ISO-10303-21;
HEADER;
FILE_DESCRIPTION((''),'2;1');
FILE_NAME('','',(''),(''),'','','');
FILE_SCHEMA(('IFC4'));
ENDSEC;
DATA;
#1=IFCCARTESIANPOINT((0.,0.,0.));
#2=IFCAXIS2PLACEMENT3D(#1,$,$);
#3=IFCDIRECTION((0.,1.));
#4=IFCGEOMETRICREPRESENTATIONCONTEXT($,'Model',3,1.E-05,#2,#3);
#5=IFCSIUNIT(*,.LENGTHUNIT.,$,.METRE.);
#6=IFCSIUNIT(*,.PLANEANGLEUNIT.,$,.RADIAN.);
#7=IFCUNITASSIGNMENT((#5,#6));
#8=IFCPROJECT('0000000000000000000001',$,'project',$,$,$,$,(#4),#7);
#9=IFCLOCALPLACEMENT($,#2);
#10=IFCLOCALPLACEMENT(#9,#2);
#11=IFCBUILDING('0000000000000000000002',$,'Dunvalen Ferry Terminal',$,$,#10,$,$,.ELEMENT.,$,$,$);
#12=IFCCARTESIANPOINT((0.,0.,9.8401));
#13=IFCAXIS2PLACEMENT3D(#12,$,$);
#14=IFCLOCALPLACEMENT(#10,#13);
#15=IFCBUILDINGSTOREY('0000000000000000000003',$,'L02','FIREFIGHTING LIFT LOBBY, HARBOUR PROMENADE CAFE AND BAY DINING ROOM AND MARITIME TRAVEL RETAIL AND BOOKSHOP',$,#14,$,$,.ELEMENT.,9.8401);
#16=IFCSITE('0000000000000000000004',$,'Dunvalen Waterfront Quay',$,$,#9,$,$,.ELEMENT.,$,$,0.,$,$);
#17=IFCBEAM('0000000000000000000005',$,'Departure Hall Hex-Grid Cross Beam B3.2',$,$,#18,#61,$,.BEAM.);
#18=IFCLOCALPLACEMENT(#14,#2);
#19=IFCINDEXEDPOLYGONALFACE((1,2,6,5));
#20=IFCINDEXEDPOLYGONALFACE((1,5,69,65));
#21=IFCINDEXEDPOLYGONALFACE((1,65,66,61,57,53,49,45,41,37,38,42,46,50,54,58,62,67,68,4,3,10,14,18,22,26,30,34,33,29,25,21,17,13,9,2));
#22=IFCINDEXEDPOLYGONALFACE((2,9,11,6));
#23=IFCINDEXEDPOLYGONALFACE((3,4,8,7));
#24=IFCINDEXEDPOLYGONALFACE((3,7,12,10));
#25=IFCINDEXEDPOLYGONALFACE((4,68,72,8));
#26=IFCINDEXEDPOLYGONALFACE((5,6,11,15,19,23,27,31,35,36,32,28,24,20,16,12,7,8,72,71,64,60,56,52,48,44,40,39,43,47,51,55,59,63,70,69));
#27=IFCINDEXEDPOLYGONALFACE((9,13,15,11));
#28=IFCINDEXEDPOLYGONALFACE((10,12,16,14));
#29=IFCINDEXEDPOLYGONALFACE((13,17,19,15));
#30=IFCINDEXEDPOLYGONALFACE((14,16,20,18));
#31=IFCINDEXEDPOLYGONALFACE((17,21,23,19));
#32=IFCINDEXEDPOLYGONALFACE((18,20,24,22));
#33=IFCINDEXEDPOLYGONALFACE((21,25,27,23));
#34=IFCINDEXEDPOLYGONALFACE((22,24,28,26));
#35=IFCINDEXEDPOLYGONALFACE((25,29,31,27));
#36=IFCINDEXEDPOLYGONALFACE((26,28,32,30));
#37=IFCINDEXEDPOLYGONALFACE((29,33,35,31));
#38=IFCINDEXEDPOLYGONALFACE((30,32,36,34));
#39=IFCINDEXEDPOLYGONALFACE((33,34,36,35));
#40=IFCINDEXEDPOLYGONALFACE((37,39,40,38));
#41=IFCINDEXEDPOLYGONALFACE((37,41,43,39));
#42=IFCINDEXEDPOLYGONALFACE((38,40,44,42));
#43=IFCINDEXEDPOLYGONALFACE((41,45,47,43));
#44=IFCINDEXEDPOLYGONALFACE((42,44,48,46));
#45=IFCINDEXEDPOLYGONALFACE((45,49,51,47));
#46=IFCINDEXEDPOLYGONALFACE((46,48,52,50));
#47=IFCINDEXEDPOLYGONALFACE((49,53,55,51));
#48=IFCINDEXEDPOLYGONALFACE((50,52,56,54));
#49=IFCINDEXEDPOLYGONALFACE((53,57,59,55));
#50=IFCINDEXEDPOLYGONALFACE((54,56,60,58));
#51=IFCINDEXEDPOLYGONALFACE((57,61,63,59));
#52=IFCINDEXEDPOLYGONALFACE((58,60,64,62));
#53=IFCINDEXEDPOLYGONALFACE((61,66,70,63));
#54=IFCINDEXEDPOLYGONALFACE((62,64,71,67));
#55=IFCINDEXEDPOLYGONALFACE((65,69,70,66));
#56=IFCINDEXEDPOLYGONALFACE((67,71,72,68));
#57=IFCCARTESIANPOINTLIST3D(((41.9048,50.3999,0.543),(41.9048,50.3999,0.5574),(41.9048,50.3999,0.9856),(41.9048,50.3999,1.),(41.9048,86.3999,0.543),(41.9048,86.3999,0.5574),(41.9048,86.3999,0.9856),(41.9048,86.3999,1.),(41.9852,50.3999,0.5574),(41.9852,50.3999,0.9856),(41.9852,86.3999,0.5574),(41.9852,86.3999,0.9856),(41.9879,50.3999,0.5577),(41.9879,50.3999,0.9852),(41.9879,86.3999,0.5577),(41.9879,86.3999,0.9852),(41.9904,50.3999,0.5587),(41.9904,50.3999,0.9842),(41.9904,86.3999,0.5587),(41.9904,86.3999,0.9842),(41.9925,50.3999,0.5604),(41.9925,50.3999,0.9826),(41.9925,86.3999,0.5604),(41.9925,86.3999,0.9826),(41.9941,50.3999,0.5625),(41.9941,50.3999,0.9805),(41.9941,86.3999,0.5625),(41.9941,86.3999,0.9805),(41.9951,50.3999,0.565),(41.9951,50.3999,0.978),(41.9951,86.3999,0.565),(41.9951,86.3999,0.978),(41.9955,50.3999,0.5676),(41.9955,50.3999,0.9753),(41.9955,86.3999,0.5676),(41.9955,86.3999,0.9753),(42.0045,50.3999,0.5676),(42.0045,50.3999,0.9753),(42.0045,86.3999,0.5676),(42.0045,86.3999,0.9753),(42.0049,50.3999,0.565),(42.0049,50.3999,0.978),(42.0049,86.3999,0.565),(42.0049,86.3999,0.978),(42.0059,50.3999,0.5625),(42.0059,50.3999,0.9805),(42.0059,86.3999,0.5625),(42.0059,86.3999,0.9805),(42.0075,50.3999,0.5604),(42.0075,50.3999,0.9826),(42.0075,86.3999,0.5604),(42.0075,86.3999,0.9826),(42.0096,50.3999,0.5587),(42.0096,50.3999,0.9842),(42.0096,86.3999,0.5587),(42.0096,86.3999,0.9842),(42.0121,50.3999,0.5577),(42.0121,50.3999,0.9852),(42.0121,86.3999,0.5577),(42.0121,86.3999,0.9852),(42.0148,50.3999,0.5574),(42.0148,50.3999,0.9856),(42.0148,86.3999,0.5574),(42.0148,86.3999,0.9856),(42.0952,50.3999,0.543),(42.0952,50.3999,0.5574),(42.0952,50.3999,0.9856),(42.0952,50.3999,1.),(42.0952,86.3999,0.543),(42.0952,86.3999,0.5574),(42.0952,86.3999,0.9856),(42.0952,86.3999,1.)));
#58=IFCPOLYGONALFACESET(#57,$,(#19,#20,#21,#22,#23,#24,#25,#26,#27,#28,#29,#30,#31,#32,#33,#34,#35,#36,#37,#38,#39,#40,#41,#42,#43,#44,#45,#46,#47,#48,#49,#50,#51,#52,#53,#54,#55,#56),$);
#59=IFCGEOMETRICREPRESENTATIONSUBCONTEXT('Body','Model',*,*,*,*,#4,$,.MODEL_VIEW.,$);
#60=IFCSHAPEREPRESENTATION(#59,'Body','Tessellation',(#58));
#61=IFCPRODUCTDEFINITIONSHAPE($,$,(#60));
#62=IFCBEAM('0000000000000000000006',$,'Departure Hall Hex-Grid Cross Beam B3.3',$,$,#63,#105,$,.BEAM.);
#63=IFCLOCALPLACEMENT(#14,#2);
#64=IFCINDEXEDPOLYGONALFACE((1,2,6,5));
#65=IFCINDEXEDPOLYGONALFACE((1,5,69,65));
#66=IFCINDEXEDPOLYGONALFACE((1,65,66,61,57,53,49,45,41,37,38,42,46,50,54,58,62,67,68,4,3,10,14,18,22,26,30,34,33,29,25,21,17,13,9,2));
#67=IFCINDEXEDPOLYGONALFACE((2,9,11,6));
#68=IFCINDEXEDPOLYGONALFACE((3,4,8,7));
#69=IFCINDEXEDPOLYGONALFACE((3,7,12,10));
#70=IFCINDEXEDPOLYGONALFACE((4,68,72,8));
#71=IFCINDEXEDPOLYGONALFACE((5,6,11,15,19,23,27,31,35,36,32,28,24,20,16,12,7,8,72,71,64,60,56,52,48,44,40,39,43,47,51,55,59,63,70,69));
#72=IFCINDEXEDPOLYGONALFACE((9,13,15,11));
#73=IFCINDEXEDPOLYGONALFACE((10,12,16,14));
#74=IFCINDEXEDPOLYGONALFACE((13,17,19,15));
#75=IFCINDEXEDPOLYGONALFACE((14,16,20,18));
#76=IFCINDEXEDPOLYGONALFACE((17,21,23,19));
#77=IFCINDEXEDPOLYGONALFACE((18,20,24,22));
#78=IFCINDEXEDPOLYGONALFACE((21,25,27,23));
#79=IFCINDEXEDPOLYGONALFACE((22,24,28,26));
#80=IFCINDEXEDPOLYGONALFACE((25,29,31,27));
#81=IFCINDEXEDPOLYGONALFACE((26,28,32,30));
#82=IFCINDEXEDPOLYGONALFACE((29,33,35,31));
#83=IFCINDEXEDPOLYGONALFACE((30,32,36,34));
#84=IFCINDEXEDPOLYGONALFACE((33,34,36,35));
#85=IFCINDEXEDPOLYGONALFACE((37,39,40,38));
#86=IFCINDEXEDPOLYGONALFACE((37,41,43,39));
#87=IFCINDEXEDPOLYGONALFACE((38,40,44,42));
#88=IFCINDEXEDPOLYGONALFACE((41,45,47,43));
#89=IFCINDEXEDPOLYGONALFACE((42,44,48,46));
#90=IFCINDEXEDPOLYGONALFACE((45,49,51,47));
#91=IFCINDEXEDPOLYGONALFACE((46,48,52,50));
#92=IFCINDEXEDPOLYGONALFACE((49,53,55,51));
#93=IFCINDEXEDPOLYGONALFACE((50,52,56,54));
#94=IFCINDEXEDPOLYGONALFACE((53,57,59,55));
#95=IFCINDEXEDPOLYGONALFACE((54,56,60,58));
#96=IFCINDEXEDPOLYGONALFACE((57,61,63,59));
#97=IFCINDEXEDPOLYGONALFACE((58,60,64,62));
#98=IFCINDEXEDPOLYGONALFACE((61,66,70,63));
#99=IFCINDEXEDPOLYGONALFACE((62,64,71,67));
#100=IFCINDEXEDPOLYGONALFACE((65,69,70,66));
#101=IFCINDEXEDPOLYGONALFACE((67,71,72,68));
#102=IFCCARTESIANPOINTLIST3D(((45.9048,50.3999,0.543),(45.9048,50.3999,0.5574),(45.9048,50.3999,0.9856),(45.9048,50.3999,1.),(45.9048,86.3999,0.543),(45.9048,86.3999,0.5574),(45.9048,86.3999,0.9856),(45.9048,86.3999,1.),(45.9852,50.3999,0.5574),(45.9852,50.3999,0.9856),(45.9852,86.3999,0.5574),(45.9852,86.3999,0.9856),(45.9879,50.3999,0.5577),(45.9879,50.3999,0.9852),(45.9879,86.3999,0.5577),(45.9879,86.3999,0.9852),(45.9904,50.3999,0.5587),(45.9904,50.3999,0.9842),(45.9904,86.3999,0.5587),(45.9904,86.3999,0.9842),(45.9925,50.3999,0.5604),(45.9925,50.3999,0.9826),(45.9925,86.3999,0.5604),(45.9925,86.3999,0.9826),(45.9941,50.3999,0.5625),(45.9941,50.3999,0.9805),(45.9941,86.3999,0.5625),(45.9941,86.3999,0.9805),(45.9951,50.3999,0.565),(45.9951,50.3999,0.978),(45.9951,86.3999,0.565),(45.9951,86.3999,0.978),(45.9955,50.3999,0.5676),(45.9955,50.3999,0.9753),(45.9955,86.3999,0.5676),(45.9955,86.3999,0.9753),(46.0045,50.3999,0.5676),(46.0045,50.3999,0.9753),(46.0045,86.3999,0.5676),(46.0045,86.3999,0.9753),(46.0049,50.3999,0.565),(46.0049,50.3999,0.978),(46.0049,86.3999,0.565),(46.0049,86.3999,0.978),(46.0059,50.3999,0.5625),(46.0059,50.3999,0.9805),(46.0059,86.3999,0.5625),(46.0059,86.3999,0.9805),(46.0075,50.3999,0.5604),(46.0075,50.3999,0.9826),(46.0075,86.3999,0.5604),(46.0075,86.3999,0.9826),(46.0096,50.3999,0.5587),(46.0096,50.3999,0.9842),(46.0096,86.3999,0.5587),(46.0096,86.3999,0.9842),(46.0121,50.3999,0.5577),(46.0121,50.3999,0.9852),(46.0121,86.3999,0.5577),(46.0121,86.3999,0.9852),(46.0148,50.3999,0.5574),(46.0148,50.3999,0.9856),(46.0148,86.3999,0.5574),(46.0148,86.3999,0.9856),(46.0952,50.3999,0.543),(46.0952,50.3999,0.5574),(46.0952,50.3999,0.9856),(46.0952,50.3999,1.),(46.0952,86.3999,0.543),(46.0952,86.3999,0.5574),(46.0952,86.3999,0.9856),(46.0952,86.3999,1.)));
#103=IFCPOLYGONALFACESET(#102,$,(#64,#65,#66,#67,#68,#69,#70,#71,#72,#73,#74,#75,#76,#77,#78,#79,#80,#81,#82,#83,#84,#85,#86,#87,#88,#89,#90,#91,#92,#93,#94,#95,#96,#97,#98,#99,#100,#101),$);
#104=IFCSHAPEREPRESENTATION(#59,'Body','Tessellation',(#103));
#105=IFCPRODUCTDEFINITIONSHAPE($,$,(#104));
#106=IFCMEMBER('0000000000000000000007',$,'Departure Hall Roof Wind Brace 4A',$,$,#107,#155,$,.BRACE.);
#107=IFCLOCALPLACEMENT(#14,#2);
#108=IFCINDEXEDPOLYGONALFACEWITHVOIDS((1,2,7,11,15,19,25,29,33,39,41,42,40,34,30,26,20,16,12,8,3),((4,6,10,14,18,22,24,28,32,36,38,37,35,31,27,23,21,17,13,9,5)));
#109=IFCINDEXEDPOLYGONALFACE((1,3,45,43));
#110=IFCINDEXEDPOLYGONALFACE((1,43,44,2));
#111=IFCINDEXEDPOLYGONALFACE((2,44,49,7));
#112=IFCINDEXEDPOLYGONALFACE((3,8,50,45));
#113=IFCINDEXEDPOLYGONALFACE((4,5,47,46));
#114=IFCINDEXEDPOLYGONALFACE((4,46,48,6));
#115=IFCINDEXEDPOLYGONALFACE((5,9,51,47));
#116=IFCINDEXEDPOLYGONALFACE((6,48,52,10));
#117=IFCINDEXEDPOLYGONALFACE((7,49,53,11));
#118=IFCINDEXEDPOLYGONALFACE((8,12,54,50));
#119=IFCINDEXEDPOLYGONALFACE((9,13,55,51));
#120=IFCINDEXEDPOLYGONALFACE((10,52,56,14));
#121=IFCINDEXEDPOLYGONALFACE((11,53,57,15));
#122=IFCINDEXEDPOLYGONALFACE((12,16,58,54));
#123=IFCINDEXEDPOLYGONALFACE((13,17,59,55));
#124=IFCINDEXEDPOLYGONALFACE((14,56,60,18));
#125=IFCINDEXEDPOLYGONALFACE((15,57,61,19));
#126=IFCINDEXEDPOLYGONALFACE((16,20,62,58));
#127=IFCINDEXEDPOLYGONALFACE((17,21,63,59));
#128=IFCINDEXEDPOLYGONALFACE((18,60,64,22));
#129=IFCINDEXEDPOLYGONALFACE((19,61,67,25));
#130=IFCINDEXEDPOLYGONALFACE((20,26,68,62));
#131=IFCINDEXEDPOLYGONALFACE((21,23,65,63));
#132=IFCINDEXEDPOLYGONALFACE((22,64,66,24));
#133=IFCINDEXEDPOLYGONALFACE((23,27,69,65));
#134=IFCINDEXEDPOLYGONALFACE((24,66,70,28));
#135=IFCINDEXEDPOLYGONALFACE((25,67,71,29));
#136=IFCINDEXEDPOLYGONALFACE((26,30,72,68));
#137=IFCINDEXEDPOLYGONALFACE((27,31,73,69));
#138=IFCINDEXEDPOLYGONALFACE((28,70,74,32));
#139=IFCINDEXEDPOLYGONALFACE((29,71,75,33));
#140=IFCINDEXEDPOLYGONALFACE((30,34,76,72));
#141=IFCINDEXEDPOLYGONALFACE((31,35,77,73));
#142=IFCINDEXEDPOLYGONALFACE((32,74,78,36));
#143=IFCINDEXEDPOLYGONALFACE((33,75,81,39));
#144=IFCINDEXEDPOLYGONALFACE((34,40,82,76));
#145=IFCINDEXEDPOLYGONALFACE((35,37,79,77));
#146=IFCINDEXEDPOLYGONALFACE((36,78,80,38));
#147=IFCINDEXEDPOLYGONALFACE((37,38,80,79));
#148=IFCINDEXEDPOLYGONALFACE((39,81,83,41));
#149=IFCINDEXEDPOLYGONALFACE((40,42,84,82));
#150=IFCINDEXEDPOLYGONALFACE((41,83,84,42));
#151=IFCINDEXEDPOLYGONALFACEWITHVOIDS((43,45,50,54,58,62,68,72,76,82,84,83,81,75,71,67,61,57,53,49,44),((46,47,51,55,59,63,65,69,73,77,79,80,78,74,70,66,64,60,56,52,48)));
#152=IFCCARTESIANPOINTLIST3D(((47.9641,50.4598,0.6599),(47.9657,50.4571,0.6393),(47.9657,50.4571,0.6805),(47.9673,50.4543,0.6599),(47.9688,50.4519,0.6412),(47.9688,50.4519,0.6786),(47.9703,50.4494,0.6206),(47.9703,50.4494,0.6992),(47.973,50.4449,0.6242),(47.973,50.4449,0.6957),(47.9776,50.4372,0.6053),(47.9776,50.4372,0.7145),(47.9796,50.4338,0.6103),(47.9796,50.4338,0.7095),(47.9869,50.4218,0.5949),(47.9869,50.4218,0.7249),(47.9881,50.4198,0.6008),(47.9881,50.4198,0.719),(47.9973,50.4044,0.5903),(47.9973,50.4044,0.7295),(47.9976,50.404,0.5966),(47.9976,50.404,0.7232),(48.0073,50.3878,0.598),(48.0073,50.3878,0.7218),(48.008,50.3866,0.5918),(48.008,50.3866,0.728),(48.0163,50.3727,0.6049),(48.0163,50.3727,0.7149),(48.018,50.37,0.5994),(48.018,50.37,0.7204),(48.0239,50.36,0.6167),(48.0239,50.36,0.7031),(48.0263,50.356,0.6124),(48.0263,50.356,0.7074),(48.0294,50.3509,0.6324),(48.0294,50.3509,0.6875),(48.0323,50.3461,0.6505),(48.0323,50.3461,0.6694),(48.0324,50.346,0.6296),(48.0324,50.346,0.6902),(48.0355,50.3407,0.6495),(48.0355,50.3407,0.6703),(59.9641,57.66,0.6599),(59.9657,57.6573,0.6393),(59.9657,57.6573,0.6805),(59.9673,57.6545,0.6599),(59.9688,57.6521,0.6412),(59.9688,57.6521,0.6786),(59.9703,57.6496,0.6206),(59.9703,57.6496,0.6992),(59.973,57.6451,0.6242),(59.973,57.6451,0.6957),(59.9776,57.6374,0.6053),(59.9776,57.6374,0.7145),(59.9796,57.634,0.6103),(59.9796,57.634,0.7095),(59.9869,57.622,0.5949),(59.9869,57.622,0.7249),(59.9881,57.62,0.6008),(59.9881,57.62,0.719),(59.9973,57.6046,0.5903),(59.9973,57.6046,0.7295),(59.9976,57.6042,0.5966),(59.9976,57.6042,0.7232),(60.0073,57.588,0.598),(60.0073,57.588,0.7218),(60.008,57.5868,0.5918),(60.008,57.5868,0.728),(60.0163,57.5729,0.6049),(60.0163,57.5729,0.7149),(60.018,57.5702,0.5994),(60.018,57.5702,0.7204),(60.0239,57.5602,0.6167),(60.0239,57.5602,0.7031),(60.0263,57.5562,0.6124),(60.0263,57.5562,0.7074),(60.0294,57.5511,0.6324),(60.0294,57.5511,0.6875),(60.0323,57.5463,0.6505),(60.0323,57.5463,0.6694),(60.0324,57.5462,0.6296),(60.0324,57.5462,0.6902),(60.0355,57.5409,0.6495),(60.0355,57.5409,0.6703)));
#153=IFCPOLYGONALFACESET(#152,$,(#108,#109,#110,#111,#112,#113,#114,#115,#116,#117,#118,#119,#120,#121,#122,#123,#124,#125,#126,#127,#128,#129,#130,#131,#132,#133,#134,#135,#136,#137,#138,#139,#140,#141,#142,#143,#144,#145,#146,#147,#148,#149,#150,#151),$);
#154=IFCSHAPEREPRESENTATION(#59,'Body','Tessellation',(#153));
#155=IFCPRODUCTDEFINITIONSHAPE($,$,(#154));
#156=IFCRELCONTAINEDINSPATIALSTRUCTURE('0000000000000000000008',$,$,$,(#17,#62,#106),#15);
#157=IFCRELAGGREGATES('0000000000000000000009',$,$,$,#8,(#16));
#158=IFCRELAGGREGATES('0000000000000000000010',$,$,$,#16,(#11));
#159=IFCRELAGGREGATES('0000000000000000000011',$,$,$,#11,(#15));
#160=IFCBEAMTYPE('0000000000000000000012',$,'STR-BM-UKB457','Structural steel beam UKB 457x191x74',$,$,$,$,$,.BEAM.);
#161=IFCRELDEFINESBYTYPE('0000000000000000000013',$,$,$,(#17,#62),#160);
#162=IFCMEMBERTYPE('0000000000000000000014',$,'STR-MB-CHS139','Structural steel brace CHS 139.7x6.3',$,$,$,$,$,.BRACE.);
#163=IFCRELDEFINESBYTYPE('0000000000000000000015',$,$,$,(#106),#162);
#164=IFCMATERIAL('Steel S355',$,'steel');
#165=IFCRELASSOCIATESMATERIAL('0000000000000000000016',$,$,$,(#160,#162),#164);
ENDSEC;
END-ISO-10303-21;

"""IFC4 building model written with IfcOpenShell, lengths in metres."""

from ifc_helpers import new_model, si_unit, direction, frame, origin, origin_2d, place, context, subcontext, project, spatial, hollow_circle, i_section, extrude, material, material_profile, profile_set, type_object, element, save


model = new_model("IFC4")

# Units and contexts
model_context = context("Model", 3, precision=1e-05, world=origin(), true_north=direction((0.0, 1.0)))
body_context = subcontext(model_context, "Body", "Model", "MODEL_VIEW")
ifc_project = project(units=[si_unit("LENGTHUNIT", "METRE"), si_unit("PLANEANGLEUNIT", "RADIAN")], contexts=[model_context])

# Site, building, storey
site_placement = place(None, origin())
site = spatial("IfcSite", under=ifc_project, at=site_placement, Name="Dunvalen Waterfront Quay", CompositionType="ELEMENT", RefElevation=0.0)
building_placement = place(site_placement, origin())
building = spatial("IfcBuilding", under=site, at=building_placement, Name="Dunvalen Ferry Terminal", CompositionType="ELEMENT")
storey_placement = place(building_placement, frame((0.0, 0.0, 9.8401)))
storey = spatial("IfcBuildingStorey", under=building, at=storey_placement, Name="L02", Description="FIREFIGHTING LIFT LOBBY, HARBOUR PROMENADE CAFE AND BAY DINING ROOM AND MARITIME TRAVEL RETAIL AND BOOKSHOP", CompositionType="ELEMENT", Elevation=9.8401)

# Beams
ifc_material_1 = material(Name="Steel S355", Category="steel")
ifc_material_profile_1 = material_profile(ifc_material_1, i_section(OverallWidth=0.1904, OverallDepth=0.457, WebThickness=0.009, FlangeThickness=0.0144, FilletRadius=0.0103, at=origin_2d()), Name="Steel S355")
ifc_profile_set_1 = profile_set([ifc_material_profile_1], Name="Steel S355")
beam_type_1 = type_object("IfcBeamType", Name="STR-BM-UKB457", Description="Structural steel beam UKB 457x191x74", PredefinedType="BEAM", material=ifc_profile_set_1)
for number, where, z_axis, x_axis, name in (
    (1, (42.0, 50.3999, 0.7715), (0.0, 1.0, 0.0), (-1.0, 0.0, 0.0), "Departure Hall Hex-Grid Cross Beam B3.2"),
    (2, (46.0, 50.3999, 0.7715), (0.0, 1.0, 0.0), (-1.0, 0.0, 0.0), "Departure Hall Hex-Grid Cross Beam B3.3"),
):
    element("IfcBeam", number, at=place(storey_placement, frame(where, z_axis=z_axis, x_axis=x_axis)), inside=storey, type_object=beam_type_1, Name=name, PredefinedType="BEAM", context=body_context, shape_type="SweptSolid", body=[
        extrude(i_section(OverallWidth=0.1904, OverallDepth=0.457, WebThickness=0.009, FlangeThickness=0.0144, FilletRadius=0.0103, at=origin_2d()), origin(), (0.0, 0.0, 1.0), 36.0),
    ])

# Member
ifc_material_profile_2 = material_profile(ifc_material_1, hollow_circle(Radius=0.0698, WallThickness=0.0063, at=origin_2d()), Name="Steel S355")
ifc_profile_set_2 = profile_set([ifc_material_profile_2], Name="Steel S355")
member_type_1 = type_object("IfcMemberType", Name="STR-MB-CHS139", Description="Structural steel brace CHS 139.7x6.3", PredefinedType="BRACE", material=ifc_profile_set_2)
member_1_placement = place(storey_placement, frame((48.0, 50.3999, 0.6599), z_axis=(0.857487, 0.514506, 0.0), x_axis=(-0.514506, 0.857487, 0.0)))
element("IfcMember", 3, at=member_1_placement, inside=storey, type_object=member_type_1, Name="Departure Hall Roof Wind Brace 4A", PredefinedType="BRACE", context=body_context, shape_type="SweptSolid", body=[
    extrude(hollow_circle(Radius=0.0698, WallThickness=0.0063, at=origin_2d()), origin(), (0.0, 0.0, 1.0), 13.9944),
])

save(model, "model.ifc")
